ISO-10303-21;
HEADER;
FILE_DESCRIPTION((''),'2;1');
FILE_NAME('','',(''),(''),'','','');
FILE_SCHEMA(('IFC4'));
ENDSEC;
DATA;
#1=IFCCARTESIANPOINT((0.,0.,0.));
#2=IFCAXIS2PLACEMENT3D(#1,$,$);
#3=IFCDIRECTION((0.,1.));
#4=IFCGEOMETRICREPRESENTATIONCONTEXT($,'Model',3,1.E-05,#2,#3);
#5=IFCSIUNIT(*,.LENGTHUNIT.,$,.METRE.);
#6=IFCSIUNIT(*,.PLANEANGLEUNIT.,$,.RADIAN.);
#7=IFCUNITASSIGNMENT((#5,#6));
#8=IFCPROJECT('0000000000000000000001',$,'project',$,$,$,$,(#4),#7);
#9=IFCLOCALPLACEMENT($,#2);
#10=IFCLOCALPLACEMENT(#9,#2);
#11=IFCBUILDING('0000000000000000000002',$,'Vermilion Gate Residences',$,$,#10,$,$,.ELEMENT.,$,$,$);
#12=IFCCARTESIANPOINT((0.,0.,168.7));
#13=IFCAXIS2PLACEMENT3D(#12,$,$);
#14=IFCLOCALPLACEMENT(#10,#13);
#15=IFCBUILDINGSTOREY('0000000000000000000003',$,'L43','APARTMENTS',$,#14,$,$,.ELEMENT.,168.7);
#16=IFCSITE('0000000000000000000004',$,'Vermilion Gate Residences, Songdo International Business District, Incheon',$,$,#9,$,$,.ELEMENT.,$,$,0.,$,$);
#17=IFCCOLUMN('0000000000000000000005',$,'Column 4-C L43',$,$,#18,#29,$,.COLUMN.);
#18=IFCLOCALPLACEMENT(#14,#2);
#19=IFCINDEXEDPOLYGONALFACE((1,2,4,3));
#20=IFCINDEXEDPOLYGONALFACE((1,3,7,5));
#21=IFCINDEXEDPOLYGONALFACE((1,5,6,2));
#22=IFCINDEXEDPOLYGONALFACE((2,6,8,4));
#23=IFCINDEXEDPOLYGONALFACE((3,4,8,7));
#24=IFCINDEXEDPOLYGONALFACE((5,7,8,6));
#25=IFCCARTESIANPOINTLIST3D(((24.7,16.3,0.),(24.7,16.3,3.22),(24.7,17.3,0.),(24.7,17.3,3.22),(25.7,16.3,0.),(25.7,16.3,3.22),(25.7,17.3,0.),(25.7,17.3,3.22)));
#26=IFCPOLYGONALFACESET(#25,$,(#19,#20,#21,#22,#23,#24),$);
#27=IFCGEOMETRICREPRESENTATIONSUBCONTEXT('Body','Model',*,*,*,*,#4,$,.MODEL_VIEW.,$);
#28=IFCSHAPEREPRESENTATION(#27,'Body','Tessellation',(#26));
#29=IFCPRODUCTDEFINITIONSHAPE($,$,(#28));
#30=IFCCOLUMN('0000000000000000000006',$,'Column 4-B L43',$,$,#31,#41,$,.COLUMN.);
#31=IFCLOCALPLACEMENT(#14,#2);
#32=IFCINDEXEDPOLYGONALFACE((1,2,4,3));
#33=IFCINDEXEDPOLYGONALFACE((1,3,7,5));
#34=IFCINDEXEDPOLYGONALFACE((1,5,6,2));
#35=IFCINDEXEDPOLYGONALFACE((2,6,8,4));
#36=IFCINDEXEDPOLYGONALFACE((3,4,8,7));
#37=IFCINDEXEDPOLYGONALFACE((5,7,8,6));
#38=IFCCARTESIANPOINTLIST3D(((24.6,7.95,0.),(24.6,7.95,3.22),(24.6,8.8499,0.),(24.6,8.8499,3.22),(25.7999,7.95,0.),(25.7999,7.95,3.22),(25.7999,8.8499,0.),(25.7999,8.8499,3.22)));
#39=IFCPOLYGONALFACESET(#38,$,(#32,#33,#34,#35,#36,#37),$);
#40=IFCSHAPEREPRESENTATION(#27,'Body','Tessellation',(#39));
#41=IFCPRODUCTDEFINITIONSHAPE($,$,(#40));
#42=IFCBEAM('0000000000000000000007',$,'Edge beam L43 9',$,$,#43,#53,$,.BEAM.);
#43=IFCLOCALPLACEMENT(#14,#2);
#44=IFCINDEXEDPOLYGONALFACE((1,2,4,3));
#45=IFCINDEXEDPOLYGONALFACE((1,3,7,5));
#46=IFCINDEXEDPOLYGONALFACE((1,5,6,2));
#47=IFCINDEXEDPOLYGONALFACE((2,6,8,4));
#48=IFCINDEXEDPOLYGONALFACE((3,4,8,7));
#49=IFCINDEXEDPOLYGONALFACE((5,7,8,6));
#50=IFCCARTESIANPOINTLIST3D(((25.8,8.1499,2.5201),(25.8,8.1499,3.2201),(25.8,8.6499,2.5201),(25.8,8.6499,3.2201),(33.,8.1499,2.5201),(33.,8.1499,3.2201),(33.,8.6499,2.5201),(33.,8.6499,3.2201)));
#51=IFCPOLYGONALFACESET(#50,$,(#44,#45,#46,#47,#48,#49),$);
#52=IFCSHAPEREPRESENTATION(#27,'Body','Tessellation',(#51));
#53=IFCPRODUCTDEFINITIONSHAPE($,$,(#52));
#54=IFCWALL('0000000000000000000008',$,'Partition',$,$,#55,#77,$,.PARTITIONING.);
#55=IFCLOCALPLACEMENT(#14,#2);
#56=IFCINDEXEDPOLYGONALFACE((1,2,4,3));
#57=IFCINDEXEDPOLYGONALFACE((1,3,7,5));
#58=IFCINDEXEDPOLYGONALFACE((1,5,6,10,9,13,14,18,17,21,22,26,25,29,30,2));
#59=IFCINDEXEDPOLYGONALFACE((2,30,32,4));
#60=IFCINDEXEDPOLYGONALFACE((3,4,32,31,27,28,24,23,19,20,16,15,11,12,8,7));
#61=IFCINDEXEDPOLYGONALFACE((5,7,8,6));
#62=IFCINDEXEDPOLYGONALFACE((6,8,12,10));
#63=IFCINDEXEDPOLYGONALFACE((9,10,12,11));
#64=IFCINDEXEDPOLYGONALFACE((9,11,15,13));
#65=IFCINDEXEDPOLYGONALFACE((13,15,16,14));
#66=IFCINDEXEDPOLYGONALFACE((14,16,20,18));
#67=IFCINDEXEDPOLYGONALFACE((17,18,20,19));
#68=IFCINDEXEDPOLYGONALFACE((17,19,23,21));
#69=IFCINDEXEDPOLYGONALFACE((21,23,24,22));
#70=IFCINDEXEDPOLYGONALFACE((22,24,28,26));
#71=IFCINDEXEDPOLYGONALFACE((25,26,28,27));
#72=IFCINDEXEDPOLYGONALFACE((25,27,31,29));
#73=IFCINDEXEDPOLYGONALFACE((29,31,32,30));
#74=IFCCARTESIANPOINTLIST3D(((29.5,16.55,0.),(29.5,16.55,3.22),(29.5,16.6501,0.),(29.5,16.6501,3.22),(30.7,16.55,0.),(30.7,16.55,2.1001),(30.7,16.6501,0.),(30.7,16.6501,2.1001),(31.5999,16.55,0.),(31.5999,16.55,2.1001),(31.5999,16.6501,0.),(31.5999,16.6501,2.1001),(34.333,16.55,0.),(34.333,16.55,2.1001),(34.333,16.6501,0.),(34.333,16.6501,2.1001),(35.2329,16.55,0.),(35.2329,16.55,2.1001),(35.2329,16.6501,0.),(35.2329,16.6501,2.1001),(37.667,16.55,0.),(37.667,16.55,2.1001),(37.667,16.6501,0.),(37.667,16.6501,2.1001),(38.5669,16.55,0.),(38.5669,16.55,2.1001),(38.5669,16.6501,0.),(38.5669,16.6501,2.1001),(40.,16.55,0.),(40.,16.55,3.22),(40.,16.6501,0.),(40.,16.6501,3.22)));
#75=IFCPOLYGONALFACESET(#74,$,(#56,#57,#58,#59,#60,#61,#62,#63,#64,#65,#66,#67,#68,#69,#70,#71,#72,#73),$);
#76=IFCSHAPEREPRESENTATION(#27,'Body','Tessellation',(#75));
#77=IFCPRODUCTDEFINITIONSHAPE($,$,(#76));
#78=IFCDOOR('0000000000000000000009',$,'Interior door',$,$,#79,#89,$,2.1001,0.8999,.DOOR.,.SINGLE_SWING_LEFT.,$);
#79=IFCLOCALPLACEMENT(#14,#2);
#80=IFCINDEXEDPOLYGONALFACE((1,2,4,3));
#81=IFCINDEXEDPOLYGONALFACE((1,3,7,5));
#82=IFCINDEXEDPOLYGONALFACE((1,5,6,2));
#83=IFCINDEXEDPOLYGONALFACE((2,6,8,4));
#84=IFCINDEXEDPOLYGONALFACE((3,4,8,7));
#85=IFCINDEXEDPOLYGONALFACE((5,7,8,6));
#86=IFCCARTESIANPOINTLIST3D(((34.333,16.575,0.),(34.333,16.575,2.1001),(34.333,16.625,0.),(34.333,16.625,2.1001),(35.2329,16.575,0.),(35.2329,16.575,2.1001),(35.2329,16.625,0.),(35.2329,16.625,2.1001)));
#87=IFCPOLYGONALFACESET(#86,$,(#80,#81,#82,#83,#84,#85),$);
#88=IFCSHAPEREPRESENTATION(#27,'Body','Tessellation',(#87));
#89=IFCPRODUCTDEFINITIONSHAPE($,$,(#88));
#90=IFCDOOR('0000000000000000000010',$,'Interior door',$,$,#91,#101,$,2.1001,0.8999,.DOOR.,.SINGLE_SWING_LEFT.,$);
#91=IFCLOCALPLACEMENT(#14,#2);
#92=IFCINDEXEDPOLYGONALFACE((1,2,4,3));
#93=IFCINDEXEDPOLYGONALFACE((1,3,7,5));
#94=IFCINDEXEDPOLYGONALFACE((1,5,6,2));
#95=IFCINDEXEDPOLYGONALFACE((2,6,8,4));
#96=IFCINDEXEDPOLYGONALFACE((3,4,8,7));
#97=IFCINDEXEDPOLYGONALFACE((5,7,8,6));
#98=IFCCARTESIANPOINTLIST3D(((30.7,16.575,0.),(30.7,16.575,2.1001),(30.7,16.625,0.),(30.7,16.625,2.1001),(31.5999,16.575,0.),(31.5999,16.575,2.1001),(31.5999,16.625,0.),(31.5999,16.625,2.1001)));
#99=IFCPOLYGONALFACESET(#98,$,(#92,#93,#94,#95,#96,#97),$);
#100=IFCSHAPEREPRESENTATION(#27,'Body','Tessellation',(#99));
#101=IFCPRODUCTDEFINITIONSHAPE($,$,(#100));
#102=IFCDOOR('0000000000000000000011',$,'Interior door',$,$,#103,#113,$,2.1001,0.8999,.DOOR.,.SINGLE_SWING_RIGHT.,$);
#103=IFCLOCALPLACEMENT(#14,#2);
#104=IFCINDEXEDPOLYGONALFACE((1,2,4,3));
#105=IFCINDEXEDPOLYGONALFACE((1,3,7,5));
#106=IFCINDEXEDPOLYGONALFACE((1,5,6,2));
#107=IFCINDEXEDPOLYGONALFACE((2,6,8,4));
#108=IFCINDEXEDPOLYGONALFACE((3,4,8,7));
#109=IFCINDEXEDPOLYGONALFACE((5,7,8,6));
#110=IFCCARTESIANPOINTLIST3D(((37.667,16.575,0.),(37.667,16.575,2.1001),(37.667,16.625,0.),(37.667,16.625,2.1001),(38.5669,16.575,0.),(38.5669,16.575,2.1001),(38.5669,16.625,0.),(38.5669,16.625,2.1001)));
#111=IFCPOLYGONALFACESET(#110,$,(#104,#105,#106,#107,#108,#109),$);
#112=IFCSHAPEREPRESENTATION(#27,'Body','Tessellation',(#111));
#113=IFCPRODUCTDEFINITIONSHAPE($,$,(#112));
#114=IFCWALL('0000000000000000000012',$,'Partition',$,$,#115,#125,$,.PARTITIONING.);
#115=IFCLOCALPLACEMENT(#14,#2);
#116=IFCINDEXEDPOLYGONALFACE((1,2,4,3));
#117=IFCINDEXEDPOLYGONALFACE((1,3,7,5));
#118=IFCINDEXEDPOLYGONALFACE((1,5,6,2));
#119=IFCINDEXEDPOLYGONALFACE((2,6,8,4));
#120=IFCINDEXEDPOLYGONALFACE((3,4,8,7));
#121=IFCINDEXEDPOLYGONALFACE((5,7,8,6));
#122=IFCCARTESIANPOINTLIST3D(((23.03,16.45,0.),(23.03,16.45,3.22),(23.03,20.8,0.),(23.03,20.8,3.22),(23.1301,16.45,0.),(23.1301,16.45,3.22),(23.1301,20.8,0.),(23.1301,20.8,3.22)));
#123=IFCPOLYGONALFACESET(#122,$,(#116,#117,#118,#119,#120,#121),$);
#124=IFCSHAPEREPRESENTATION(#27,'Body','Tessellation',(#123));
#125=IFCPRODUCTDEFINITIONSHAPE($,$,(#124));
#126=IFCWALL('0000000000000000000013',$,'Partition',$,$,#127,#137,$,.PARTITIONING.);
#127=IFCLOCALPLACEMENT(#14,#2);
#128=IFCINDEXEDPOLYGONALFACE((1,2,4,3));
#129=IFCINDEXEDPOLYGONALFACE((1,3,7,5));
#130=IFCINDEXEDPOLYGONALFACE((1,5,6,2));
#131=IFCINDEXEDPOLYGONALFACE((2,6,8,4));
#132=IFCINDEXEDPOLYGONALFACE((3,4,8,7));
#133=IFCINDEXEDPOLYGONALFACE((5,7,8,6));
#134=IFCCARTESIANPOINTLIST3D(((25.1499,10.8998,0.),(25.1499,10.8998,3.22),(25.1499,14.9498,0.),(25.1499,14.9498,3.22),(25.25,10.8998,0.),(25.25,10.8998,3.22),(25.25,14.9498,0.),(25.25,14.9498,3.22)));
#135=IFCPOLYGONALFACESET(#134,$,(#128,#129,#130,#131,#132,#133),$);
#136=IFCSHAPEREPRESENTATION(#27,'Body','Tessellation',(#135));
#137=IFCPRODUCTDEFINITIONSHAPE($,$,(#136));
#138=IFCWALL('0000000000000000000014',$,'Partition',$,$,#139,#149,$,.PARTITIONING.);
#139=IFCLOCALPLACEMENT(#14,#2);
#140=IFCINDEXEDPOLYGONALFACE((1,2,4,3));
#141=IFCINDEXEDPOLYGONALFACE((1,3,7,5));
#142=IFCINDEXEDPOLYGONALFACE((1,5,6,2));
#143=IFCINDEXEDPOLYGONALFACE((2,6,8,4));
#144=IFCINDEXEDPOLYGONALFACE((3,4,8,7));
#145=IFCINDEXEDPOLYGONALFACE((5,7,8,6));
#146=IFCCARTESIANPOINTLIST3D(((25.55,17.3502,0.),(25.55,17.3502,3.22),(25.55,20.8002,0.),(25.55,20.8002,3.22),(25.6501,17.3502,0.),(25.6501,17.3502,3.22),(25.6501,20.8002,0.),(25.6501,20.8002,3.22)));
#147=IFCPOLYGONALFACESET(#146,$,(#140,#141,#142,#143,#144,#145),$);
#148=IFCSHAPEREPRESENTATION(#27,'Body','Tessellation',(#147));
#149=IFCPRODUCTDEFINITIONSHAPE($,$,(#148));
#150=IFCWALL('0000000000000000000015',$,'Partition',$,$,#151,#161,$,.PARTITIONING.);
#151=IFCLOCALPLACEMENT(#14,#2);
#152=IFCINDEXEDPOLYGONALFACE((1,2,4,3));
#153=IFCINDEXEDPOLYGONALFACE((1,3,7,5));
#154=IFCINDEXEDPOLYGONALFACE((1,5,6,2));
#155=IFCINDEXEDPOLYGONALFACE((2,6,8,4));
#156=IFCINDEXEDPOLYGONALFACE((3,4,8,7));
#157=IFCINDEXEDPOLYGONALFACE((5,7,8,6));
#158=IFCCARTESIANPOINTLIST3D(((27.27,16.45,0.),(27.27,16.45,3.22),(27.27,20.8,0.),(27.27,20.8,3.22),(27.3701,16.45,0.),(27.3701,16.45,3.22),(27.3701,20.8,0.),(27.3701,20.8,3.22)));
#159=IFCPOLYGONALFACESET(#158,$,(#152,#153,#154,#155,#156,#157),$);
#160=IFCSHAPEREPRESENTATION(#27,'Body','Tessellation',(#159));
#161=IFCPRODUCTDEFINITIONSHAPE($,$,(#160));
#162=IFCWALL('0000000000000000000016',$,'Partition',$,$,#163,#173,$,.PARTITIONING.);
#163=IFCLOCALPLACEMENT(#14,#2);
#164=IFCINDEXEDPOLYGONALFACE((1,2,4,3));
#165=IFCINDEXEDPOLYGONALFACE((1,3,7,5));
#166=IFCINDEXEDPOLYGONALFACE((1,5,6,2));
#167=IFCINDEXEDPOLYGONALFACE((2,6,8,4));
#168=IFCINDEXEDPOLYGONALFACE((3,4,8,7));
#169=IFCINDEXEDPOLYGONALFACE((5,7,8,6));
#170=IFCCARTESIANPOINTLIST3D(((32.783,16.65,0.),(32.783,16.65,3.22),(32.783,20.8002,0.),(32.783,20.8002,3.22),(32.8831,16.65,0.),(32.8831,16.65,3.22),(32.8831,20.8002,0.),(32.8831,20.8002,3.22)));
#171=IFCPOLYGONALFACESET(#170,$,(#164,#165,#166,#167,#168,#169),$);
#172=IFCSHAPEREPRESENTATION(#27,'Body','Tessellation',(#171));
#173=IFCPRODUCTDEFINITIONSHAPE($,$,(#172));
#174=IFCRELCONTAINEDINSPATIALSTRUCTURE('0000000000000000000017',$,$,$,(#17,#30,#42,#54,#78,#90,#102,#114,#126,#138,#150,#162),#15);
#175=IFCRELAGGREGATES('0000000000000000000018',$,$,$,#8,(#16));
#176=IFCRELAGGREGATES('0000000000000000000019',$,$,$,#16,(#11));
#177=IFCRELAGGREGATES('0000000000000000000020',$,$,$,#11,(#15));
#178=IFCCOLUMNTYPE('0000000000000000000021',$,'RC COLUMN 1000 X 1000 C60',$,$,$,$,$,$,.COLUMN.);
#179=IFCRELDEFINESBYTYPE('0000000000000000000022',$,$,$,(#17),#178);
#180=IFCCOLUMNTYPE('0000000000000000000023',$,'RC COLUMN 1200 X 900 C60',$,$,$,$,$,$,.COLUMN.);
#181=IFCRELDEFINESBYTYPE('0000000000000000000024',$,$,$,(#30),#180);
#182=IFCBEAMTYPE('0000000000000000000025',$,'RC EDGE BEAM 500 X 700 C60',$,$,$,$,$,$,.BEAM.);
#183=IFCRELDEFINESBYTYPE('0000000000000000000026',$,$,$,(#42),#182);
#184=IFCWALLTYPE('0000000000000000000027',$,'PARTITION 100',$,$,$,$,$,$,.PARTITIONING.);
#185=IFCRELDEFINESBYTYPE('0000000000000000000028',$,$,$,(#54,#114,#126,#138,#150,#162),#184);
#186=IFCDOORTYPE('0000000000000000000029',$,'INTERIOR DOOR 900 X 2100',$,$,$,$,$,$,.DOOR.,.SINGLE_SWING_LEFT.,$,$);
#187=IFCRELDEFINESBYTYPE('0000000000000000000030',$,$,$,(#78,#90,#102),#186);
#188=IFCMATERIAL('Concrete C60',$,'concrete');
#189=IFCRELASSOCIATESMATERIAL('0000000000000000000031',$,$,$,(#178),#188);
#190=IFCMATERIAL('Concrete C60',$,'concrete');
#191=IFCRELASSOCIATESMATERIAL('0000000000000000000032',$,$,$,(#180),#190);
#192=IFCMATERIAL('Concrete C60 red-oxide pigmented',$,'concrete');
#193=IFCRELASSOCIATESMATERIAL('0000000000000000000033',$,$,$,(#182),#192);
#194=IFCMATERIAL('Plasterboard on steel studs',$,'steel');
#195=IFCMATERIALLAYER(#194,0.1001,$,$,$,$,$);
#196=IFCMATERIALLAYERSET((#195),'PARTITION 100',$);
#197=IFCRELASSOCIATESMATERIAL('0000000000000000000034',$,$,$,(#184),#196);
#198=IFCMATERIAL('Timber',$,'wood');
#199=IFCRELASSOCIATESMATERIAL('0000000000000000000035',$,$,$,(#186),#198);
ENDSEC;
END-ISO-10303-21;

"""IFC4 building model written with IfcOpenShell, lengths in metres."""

from ifc_helpers import new_model, si_unit, direction, frame, frame_2d, origin, origin_2d, place, context, subcontext, project, spatial, rectangle, extrude, material, layer, layer_set, material_profile, profile_set, type_object, element, fill, save


model = new_model("IFC4")

# Units and contexts
model_context = context("Model", 3, precision=1e-05, world=origin(), true_north=direction((0.0, 1.0)))
body_context = subcontext(model_context, "Body", "Model", "MODEL_VIEW")
ifc_project = project(units=[si_unit("LENGTHUNIT", "METRE"), si_unit("PLANEANGLEUNIT", "RADIAN")], contexts=[model_context])

# Site, building, storey
site_placement = place(None, origin())
site = spatial("IfcSite", under=ifc_project, at=site_placement, Name="Vermilion Gate Residences, Songdo International Business District, Incheon", CompositionType="ELEMENT", RefElevation=0.0)
building_placement = place(site_placement, origin())
building = spatial("IfcBuilding", under=site, at=building_placement, Name="Vermilion Gate Residences", CompositionType="ELEMENT")
storey_placement = place(building_placement, frame((0.0, 0.0, 168.7)))
storey = spatial("IfcBuildingStorey", under=building, at=storey_placement, Name="L43", Description="APARTMENTS", CompositionType="ELEMENT", Elevation=168.7)

# Columns
ifc_material_1 = material(Name="Concrete C60", Category="concrete")
ifc_material_profile_1 = material_profile(ifc_material_1, rectangle(XDim=1.0, YDim=1.0, at=origin_2d()), Name="RC-1000x1000")
ifc_profile_set_1 = profile_set([ifc_material_profile_1], Name="Concrete C60")
column_type_1 = type_object("IfcColumnType", Name="RC COLUMN 1000 X 1000 C60", PredefinedType="COLUMN", material=ifc_profile_set_1)
column_1_placement = place(storey_placement, frame((25.2, 16.8, 0.0), z_axis=(0.0, 0.0, 1.0), x_axis=(1.0, 0.0, 0.0)))
element("IfcColumn", 1, at=column_1_placement, inside=storey, type_object=column_type_1, Name="Column 4-C L43", PredefinedType="COLUMN", context=body_context, shape_type="SweptSolid", body=[
    extrude(rectangle(XDim=1.0, YDim=1.0, at=origin_2d()), origin(), (0.0, 0.0, 1.0), 3.22),
])
ifc_material_2 = material(Name="Concrete C60", Category="concrete")
ifc_material_profile_2 = material_profile(ifc_material_2, rectangle(XDim=1.2, YDim=0.8999, at=origin_2d()), Name="RC-1200x900")
ifc_profile_set_2 = profile_set([ifc_material_profile_2], Name="Concrete C60")
column_type_2 = type_object("IfcColumnType", Name="RC COLUMN 1200 X 900 C60", PredefinedType="COLUMN", material=ifc_profile_set_2)
column_2_placement = place(storey_placement, frame((25.2, 8.3999, 0.0), z_axis=(0.0, 0.0, 1.0), x_axis=(1.0, 0.0, 0.0)))
element("IfcColumn", 2, at=column_2_placement, inside=storey, type_object=column_type_2, Name="Column 4-B L43", PredefinedType="COLUMN", context=body_context, shape_type="SweptSolid", body=[
    extrude(rectangle(XDim=1.2, YDim=0.8999, at=origin_2d()), origin(), (0.0, 0.0, 1.0), 3.22),
])

# Beam
ifc_material_3 = material(Name="Concrete C60 red-oxide pigmented", Category="concrete")
ifc_material_profile_3 = material_profile(ifc_material_3, rectangle(XDim=0.5, YDim=0.7, at=origin_2d()), Name="RC-500x700")
ifc_profile_set_3 = profile_set([ifc_material_profile_3], Name="Concrete C60 red-oxide pigmented")
beam_type = type_object("IfcBeamType", Name="RC EDGE BEAM 500 X 700 C60", PredefinedType="BEAM", material=ifc_profile_set_3)
beam_placement = place(storey_placement, frame((25.8, 8.3999, 2.8701), z_axis=(1.0, 0.0, 0.0), x_axis=(0.0, 1.0, 0.0)))
element("IfcBeam", 3, at=beam_placement, inside=storey, type_object=beam_type, Name="Edge beam L43 9", PredefinedType="BEAM", context=body_context, shape_type="SweptSolid", body=[
    extrude(rectangle(XDim=0.5, YDim=0.7, at=origin_2d()), origin(), (0.0, 0.0, 1.0), 7.2),
])

# Wall, openings, doors
ifc_material_4 = material(Name="Plasterboard on steel studs", Category="steel")
ifc_layer_1 = layer(ifc_material_4, 0.1001)
ifc_layer_set_1 = layer_set([ifc_layer_1], Name="PARTITION 100")
wall_type_1 = type_object("IfcWallType", Name="PARTITION 100", PredefinedType="PARTITIONING", material=ifc_layer_set_1)
wall_1_placement = place(storey_placement, frame((29.5, 16.6001, 0.0), z_axis=(0.0, 0.0, 1.0), x_axis=(1.0, 0.0, 0.0)))
wall_1 = element("IfcWall", 4, at=wall_1_placement, inside=storey, type_object=wall_type_1, Name="Partition", PredefinedType="PARTITIONING", context=body_context, shape_type="SweptSolid", body=[
    extrude(rectangle(XDim=10.5, YDim=0.1001, at=frame_2d((5.25, 0.0))), origin(), (0.0, 0.0, 1.0), 3.22),
])
opening_1_placement = place(wall_1_placement, frame((4.833, 0.0, 0.0)))
opening_1 = element("IfcOpeningElement", 5, at=opening_1_placement, cuts=wall_1, PredefinedType="OPENING", context=body_context, shape_type="SweptSolid", body=[
    extrude(rectangle(XDim=0.8999, YDim=2.1001, at=frame_2d((0.45, 1.05))), frame((0.0, 0.0601, 0.0), z_axis=(0.0, -1.0, 0.0), x_axis=(1.0, 0.0, 0.0)), (0.0, 0.0, 1.0), 0.1201),
])
opening_2_placement = place(wall_1_placement, frame((1.2, 0.0, 0.0)))
opening_2 = element("IfcOpeningElement", 6, at=opening_2_placement, cuts=wall_1, PredefinedType="OPENING", context=body_context, shape_type="SweptSolid", body=[
    extrude(rectangle(XDim=0.8999, YDim=2.1001, at=frame_2d((0.45, 1.05))), frame((0.0, 0.0601, 0.0), z_axis=(0.0, -1.0, 0.0), x_axis=(1.0, 0.0, 0.0)), (0.0, 0.0, 1.0), 0.1201),
])
opening_3_placement = place(wall_1_placement, frame((8.167, 0.0, 0.0)))
opening_3 = element("IfcOpeningElement", 7, at=opening_3_placement, cuts=wall_1, PredefinedType="OPENING", context=body_context, shape_type="SweptSolid", body=[
    extrude(rectangle(XDim=0.8999, YDim=2.1001, at=frame_2d((0.45, 1.05))), frame((0.0, 0.0601, 0.0), z_axis=(0.0, -1.0, 0.0), x_axis=(1.0, 0.0, 0.0)), (0.0, 0.0, 1.0), 0.1201),
])
ifc_material_5 = material(Name="Timber", Category="wood")
door_type = type_object("IfcDoorType", Name="INTERIOR DOOR 900 X 2100", OperationType="SINGLE_SWING_LEFT", PredefinedType="DOOR", material=ifc_material_5)
door_1_placement = place(opening_1_placement, origin())
door_1 = element("IfcDoor", 8, at=door_1_placement, inside=storey, type_object=door_type, Name="Interior door", OperationType="SINGLE_SWING_LEFT", OverallHeight=2.1001, OverallWidth=0.8999, PredefinedType="DOOR", context=body_context, shape_type="SweptSolid", body=[
    extrude(rectangle(XDim=0.8999, YDim=2.1001, at=frame_2d((0.45, 1.05))), frame((0.0, 0.0249, 0.0), z_axis=(0.0, -1.0, 0.0), x_axis=(1.0, 0.0, 0.0)), (0.0, 0.0, 1.0), 0.05),
])
fill(opening_1, door_1)
door_2_placement = place(opening_2_placement, origin())
door_2 = element("IfcDoor", 9, at=door_2_placement, inside=storey, type_object=door_type, Name="Interior door", OperationType="SINGLE_SWING_LEFT", OverallHeight=2.1001, OverallWidth=0.8999, PredefinedType="DOOR", context=body_context, shape_type="SweptSolid", body=[
    extrude(rectangle(XDim=0.8999, YDim=2.1001, at=frame_2d((0.45, 1.05))), frame((0.0, 0.0249, 0.0), z_axis=(0.0, -1.0, 0.0), x_axis=(1.0, 0.0, 0.0)), (0.0, 0.0, 1.0), 0.05),
])
fill(opening_2, door_2)
door_3_placement = place(opening_3_placement, origin())
door_3 = element("IfcDoor", 10, at=door_3_placement, inside=storey, type_object=door_type, Name="Interior door", OperationType="SINGLE_SWING_RIGHT", OverallHeight=2.1001, OverallWidth=0.8999, PredefinedType="DOOR", context=body_context, shape_type="SweptSolid", body=[
    extrude(rectangle(XDim=0.8999, YDim=2.1001, at=frame_2d((0.45, 1.05))), frame((0.0, 0.0249, 0.0), z_axis=(0.0, -1.0, 0.0), x_axis=(1.0, 0.0, 0.0)), (0.0, 0.0, 1.0), 0.05),
])
fill(opening_3, door_3)

# Walls
wall_2_placement = place(storey_placement, frame((23.0801, 16.45, 0.0), z_axis=(0.0, 0.0, 1.0), x_axis=(0.0, 1.0, 0.0)))
element("IfcWall", 11, at=wall_2_placement, inside=storey, type_object=wall_type_1, Name="Partition", PredefinedType="PARTITIONING", context=body_context, shape_type="SweptSolid", body=[
    extrude(rectangle(XDim=4.3501, YDim=0.1001, at=frame_2d((2.175, 0.0))), origin(), (0.0, 0.0, 1.0), 3.22),
])
wall_3_placement = place(storey_placement, frame((25.2, 10.8999, 0.0), z_axis=(0.0, 0.0, 1.0), x_axis=(0.0, 1.0, 0.0)))
element("IfcWall", 12, at=wall_3_placement, inside=storey, type_object=wall_type_1, Name="Partition", PredefinedType="PARTITIONING", context=body_context, shape_type="SweptSolid", body=[
    extrude(rectangle(XDim=4.05, YDim=0.1001, at=frame_2d((2.0249, 0.0))), origin(), (0.0, 0.0, 1.0), 3.22),
])
wall_4_placement = place(storey_placement, frame((25.6001, 17.3501, 0.0), z_axis=(0.0, 0.0, 1.0), x_axis=(0.0, 1.0, 0.0)))
element("IfcWall", 13, at=wall_4_placement, inside=storey, type_object=wall_type_1, Name="Partition", PredefinedType="PARTITIONING", context=body_context, shape_type="SweptSolid", body=[
    extrude(rectangle(XDim=3.45, YDim=0.1001, at=frame_2d((1.7251, 0.0))), origin(), (0.0, 0.0, 1.0), 3.22),
])
wall_5_placement = place(storey_placement, frame((27.3201, 16.45, 0.0), z_axis=(0.0, 0.0, 1.0), x_axis=(0.0, 1.0, 0.0)))
element("IfcWall", 14, at=wall_5_placement, inside=storey, type_object=wall_type_1, Name="Partition", PredefinedType="PARTITIONING", context=body_context, shape_type="SweptSolid", body=[
    extrude(rectangle(XDim=4.3501, YDim=0.1001, at=frame_2d((2.175, 0.0))), origin(), (0.0, 0.0, 1.0), 3.22),
])
wall_6_placement = place(storey_placement, frame((32.833, 16.6499, 0.0), z_axis=(0.0, 0.0, 1.0), x_axis=(0.0, 1.0, 0.0)))
element("IfcWall", 15, at=wall_6_placement, inside=storey, type_object=wall_type_1, Name="Partition", PredefinedType="PARTITIONING", context=body_context, shape_type="SweptSolid", body=[
    extrude(rectangle(XDim=4.1501, YDim=0.1001, at=frame_2d((2.0752, 0.0))), origin(), (0.0, 0.0, 1.0), 3.22),
])

save(model, "model.ifc")
